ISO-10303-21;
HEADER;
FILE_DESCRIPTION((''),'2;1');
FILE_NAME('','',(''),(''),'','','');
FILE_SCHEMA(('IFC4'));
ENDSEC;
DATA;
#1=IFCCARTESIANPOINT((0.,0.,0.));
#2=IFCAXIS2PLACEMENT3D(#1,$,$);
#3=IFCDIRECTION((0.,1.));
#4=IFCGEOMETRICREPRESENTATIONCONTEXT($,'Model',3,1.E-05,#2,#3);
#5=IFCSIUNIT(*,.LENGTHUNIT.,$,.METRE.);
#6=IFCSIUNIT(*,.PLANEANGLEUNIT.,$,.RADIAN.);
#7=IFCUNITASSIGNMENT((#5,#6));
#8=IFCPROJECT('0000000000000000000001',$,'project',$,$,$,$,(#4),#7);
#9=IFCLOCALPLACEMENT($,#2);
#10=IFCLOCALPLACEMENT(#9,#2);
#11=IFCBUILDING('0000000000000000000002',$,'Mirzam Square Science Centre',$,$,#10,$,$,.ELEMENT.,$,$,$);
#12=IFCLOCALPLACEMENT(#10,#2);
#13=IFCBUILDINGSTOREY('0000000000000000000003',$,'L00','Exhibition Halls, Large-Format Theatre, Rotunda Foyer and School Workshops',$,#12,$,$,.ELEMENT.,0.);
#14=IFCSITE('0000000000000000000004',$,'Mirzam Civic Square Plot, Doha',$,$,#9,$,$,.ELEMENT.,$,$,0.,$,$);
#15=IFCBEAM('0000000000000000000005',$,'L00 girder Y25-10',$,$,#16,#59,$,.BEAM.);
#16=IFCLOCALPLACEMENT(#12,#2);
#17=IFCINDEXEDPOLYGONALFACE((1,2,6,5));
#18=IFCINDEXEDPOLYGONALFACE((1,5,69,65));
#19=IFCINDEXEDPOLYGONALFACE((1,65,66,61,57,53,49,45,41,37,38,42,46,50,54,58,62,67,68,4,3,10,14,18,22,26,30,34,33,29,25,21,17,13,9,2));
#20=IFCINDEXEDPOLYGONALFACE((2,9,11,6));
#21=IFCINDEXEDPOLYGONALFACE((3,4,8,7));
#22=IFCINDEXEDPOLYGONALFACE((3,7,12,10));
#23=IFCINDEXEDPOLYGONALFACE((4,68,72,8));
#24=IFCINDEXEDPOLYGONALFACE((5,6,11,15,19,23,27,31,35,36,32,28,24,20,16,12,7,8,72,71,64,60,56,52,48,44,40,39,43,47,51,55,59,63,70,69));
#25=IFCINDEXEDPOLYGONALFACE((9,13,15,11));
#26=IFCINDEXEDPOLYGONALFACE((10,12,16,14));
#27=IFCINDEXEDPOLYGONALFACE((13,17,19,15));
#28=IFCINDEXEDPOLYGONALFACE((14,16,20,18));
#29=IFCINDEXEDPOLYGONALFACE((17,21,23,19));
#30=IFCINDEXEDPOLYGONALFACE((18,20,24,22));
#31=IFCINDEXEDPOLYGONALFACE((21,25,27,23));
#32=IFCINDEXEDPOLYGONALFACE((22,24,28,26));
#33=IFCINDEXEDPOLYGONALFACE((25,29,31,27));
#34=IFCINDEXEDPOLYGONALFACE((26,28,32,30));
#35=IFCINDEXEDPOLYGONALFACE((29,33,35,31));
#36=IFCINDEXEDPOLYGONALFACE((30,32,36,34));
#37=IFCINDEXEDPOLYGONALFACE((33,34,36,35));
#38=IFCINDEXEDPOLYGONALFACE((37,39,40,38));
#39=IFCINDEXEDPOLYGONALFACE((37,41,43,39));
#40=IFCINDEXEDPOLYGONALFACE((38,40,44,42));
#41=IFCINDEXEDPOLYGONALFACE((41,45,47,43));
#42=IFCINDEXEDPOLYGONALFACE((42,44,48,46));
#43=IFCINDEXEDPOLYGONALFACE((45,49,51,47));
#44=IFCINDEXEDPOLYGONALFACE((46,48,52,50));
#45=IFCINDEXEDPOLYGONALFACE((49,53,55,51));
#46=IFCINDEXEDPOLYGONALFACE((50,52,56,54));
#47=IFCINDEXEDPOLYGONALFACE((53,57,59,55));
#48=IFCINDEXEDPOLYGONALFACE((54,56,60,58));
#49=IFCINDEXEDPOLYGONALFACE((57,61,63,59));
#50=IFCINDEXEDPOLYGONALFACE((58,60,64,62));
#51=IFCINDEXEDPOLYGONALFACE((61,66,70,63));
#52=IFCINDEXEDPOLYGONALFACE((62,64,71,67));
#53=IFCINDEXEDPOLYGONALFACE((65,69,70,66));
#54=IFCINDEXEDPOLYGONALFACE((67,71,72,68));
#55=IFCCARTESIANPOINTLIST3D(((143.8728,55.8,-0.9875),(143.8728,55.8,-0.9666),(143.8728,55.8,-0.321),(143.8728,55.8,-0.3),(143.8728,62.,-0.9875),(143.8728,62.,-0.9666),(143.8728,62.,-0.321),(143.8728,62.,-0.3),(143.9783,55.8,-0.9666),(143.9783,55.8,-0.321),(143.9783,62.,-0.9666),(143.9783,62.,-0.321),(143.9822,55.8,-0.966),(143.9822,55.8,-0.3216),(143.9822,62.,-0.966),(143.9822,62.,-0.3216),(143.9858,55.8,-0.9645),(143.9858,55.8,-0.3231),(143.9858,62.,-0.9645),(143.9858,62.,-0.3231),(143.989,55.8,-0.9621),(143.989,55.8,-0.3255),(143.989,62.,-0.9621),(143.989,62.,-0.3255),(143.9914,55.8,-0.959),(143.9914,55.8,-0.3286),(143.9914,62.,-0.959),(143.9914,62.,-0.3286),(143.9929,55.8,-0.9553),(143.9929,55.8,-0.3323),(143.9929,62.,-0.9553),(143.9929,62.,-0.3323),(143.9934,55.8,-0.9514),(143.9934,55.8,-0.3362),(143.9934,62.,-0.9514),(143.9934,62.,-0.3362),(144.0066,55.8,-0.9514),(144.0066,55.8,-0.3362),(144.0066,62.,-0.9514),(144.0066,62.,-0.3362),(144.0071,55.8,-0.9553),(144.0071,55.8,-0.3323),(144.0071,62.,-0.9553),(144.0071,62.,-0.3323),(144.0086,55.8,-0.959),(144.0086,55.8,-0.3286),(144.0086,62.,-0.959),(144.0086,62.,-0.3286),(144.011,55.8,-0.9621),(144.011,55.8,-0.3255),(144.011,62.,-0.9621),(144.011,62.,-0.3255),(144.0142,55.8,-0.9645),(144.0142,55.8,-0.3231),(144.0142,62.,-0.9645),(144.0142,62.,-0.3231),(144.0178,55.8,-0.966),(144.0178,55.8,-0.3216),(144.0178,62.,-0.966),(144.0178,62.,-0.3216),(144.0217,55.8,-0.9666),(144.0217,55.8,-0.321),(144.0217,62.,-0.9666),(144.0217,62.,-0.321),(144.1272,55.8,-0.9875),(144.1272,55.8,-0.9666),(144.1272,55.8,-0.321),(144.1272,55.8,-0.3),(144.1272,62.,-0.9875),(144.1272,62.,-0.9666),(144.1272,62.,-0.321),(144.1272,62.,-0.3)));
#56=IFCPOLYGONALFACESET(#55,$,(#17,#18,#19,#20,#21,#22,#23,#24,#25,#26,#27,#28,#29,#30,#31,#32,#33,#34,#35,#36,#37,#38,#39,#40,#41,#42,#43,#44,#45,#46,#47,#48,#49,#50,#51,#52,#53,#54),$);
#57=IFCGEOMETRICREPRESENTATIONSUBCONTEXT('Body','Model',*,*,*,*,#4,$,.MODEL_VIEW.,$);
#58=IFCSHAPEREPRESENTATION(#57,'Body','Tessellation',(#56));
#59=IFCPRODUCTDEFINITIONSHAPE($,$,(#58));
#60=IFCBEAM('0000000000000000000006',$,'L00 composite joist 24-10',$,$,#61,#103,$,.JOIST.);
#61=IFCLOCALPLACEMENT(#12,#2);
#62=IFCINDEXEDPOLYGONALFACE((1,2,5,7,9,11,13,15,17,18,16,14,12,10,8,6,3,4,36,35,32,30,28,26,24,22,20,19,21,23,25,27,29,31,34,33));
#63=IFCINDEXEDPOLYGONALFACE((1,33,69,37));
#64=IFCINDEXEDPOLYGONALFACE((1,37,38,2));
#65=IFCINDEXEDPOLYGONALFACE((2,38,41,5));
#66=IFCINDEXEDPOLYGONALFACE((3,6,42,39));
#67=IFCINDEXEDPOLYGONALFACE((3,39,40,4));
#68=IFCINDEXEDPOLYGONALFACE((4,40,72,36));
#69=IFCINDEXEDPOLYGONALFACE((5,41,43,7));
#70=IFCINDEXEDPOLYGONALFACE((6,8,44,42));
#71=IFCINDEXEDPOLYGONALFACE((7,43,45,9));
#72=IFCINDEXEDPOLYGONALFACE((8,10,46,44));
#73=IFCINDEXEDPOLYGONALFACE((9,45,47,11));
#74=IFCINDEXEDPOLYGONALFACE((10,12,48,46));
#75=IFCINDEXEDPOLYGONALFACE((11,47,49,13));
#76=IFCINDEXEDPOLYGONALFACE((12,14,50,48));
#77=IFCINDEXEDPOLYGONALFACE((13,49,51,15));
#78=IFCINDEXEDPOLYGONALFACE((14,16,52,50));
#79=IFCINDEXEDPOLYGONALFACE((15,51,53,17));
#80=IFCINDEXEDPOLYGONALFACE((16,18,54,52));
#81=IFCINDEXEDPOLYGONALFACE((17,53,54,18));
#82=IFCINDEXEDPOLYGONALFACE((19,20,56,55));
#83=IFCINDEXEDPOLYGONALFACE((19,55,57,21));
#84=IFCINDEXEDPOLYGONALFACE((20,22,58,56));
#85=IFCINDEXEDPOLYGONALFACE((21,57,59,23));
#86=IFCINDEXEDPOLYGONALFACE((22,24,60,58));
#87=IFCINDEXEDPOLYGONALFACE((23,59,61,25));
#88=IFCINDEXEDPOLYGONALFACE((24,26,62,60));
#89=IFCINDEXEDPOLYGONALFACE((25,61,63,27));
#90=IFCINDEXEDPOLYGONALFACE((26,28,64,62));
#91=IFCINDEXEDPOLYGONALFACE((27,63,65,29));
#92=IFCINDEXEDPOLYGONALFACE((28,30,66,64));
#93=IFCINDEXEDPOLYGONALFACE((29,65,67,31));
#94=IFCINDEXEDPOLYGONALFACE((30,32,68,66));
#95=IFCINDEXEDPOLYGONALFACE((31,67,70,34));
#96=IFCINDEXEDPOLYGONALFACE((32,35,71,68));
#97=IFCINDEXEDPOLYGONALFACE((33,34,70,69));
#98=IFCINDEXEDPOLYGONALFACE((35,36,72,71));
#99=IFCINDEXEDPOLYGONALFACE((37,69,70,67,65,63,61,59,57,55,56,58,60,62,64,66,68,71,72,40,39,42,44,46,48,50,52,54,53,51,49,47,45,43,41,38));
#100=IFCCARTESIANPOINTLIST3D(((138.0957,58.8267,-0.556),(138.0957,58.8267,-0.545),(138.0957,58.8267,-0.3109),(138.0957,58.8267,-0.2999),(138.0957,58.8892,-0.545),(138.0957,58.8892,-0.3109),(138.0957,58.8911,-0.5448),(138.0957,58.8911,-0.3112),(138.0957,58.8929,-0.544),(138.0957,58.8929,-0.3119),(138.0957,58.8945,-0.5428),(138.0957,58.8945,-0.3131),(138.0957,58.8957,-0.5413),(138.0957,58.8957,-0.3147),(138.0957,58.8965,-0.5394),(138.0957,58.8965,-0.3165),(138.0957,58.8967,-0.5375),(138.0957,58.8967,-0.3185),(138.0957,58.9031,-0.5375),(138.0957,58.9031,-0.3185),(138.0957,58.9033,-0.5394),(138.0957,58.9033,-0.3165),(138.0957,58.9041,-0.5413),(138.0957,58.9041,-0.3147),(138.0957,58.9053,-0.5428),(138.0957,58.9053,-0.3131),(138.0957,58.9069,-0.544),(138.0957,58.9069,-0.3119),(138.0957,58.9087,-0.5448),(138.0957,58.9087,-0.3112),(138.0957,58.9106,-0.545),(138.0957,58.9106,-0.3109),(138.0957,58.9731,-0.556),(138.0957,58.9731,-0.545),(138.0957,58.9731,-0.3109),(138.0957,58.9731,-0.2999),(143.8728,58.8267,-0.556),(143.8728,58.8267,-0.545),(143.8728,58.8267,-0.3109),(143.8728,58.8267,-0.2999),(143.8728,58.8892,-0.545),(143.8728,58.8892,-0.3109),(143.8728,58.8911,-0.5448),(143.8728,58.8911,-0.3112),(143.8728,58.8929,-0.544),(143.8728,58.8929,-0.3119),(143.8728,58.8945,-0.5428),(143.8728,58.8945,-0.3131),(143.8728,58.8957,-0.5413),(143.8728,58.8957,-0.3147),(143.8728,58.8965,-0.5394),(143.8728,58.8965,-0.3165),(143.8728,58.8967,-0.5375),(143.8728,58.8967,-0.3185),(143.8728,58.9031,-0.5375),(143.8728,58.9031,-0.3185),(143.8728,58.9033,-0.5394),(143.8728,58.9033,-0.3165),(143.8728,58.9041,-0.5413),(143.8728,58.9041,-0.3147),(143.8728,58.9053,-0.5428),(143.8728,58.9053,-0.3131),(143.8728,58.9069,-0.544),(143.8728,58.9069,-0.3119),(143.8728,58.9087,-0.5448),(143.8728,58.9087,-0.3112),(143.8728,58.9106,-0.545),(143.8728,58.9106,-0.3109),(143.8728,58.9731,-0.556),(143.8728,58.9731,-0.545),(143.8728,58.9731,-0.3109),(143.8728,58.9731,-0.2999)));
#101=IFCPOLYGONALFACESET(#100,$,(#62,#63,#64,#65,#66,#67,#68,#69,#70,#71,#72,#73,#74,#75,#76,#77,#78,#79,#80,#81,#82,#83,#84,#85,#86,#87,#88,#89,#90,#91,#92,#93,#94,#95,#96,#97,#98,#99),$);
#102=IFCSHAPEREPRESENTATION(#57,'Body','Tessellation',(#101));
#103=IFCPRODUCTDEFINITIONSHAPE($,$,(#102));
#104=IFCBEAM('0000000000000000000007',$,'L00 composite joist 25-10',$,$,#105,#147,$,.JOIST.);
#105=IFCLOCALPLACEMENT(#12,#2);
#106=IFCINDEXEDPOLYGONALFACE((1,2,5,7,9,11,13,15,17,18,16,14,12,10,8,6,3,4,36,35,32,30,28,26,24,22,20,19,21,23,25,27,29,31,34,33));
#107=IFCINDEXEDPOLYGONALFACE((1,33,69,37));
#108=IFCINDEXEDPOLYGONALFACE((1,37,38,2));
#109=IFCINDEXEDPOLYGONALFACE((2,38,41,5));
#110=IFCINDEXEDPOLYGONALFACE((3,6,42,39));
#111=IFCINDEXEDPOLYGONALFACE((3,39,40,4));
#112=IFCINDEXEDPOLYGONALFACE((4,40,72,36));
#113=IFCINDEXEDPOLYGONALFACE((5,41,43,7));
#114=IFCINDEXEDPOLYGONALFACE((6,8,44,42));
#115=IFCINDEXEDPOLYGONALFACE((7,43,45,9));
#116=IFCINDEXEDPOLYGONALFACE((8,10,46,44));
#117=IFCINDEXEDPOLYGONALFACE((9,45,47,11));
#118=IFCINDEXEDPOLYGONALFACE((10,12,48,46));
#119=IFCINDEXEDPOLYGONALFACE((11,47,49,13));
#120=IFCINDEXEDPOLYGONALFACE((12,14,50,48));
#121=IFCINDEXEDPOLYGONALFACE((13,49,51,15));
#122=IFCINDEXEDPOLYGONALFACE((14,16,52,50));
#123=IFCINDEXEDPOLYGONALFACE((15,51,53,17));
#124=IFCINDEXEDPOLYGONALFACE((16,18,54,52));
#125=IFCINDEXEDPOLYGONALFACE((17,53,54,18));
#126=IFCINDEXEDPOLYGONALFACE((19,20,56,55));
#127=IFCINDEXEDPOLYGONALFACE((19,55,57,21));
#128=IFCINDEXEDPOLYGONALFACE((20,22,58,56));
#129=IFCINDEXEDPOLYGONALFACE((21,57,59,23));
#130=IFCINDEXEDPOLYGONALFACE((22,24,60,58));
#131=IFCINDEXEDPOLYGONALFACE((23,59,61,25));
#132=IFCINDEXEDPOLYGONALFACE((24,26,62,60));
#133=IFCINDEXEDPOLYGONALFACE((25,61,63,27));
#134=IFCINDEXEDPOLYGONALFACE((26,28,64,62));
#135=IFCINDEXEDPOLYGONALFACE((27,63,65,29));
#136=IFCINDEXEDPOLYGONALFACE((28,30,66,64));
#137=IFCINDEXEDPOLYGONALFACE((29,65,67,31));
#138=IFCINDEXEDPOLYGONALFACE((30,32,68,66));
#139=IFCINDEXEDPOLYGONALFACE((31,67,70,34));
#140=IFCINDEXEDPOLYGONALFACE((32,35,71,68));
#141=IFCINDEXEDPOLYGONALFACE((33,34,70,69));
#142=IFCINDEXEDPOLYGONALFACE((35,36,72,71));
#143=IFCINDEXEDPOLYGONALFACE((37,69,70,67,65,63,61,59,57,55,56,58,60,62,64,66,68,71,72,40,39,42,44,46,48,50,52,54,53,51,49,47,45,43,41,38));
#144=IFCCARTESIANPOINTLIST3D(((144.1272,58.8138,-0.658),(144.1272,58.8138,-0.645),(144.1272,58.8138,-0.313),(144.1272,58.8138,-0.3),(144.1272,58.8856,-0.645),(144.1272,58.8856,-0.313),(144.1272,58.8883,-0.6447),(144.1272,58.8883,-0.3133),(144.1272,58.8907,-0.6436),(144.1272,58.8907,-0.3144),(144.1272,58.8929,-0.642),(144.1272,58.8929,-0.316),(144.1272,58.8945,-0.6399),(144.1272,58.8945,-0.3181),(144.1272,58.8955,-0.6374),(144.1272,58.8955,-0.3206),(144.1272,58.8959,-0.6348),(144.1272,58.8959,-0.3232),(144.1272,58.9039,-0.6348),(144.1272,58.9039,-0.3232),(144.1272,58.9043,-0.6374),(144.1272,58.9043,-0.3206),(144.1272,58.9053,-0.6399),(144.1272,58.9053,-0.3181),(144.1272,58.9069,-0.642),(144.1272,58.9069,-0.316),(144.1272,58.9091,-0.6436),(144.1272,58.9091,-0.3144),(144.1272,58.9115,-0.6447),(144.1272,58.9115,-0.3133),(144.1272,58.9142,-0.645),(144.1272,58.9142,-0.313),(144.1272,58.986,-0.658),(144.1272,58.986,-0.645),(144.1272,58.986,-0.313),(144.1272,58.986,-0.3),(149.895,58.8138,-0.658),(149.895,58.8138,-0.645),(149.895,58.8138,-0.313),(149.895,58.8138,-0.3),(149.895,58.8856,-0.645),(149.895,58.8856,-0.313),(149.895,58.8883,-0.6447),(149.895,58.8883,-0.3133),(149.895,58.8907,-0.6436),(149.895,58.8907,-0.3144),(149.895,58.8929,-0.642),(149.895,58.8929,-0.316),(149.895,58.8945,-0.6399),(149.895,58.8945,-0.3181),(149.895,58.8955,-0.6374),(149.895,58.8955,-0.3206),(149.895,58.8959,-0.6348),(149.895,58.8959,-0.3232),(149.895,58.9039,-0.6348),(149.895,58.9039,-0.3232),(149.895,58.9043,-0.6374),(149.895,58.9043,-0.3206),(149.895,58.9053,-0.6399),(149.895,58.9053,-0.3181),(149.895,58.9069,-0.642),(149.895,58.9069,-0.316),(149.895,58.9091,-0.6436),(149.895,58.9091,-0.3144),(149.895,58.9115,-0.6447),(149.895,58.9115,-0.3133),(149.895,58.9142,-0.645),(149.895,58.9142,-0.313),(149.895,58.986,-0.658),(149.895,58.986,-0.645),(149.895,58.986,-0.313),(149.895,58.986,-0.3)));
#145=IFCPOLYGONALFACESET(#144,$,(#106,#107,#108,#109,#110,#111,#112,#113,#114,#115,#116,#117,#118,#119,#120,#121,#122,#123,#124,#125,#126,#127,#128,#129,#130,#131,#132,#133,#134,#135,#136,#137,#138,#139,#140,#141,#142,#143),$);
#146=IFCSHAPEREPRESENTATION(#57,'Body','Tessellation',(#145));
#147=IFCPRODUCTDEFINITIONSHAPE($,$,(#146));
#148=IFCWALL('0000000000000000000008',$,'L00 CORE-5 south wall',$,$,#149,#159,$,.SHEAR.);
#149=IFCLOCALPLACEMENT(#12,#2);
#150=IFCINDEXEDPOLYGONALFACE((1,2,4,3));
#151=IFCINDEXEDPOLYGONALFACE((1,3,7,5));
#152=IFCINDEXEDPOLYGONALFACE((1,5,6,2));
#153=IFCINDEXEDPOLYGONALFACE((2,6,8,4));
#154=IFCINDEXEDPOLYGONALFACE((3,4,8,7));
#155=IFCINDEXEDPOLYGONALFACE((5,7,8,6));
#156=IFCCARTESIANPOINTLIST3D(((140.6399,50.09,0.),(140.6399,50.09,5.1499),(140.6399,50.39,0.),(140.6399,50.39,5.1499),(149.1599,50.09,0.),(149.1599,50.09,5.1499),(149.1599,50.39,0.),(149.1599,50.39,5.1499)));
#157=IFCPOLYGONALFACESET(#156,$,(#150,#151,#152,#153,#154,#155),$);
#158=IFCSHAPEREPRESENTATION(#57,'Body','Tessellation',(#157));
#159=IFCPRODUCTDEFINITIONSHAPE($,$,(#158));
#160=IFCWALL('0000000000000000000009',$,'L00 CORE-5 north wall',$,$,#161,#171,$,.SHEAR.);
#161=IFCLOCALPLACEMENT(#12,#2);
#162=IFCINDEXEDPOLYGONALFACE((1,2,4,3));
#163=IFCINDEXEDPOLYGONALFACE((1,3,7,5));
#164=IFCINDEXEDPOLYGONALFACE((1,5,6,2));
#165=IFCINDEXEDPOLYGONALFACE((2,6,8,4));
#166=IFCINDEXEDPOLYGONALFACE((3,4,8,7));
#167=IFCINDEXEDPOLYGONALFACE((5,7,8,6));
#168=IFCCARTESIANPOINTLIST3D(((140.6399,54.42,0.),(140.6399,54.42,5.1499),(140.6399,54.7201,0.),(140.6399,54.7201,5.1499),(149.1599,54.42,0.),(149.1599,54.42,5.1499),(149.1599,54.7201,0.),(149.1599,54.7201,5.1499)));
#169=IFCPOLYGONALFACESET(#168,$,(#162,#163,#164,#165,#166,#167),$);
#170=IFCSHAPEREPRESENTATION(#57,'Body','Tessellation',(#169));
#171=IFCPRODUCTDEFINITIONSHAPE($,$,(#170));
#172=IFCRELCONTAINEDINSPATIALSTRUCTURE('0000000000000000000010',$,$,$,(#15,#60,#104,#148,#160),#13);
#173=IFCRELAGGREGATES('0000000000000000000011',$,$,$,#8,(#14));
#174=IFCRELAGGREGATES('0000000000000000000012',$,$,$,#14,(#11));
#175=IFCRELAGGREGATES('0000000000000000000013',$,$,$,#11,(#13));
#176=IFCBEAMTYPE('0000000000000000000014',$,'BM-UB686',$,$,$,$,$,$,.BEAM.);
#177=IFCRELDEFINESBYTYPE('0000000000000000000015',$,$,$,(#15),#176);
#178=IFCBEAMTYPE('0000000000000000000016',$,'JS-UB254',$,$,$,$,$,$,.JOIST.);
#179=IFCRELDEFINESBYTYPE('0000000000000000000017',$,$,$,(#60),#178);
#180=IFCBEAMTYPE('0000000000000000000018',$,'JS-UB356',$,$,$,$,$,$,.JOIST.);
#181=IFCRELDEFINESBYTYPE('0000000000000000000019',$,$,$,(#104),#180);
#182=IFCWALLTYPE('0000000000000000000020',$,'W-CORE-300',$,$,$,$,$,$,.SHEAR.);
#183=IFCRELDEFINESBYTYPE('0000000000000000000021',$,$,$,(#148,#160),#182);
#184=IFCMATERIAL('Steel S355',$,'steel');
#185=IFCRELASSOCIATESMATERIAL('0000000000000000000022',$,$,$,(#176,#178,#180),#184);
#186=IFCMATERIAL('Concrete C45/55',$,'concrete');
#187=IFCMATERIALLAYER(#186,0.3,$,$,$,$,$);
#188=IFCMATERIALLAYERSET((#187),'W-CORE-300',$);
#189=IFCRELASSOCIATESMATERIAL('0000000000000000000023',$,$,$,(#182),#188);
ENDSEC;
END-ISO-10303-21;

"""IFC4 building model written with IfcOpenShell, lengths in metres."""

from ifc_helpers import new_model, si_unit, direction, frame, frame_2d, origin, origin_2d, place, context, subcontext, project, spatial, rectangle, i_section, extrude, material, layer, layer_set, material_profile, profile_set, type_object, element, save


model = new_model("IFC4")

# Units and contexts
model_context = context("Model", 3, precision=1e-05, world=origin(), true_north=direction((0.0, 1.0)))
body_context = subcontext(model_context, "Body", "Model", "MODEL_VIEW")
ifc_project = project(units=[si_unit("LENGTHUNIT", "METRE"), si_unit("PLANEANGLEUNIT", "RADIAN")], contexts=[model_context])

# Site, building, storey
site_placement = place(None, origin())
site = spatial("IfcSite", under=ifc_project, at=site_placement, Name="Mirzam Civic Square Plot, Doha", CompositionType="ELEMENT", RefElevation=0.0)
building_placement = place(site_placement, origin())
building = spatial("IfcBuilding", under=site, at=building_placement, Name="Mirzam Square Science Centre", CompositionType="ELEMENT")
storey_placement = place(building_placement, origin())
storey = spatial("IfcBuildingStorey", under=building, at=storey_placement, Name="L00", Description="Exhibition Halls, Large-Format Theatre, Rotunda Foyer and School Workshops", CompositionType="ELEMENT", Elevation=0.0)

# Shared definitions
ifc_material_1 = material(Name="Steel S355", Category="steel")

# Beams
ifc_material_profile_1 = material_profile(ifc_material_1, i_section(OverallWidth=0.2544, OverallDepth=0.6875, WebThickness=0.0132, FlangeThickness=0.021, FilletRadius=0.0151, at=origin_2d()), Name="686x254x152UB")
ifc_profile_set_1 = profile_set([ifc_material_profile_1], Name="Steel S355")
beam_type_1 = type_object("IfcBeamType", Name="BM-UB686", PredefinedType="BEAM", material=ifc_profile_set_1)
beam_1_placement = place(storey_placement, frame((144.0, 55.8, -0.6438), z_axis=(0.0, 1.0, 0.0), x_axis=(-1.0, 0.0, 0.0)))
element("IfcBeam", 1, at=beam_1_placement, inside=storey, type_object=beam_type_1, Name="L00 girder Y25-10", PredefinedType="BEAM", context=body_context, shape_type="SweptSolid", body=[
    extrude(i_section(OverallWidth=0.2544, OverallDepth=0.6875, WebThickness=0.0132, FlangeThickness=0.021, FilletRadius=0.0151, at=origin_2d()), origin(), (0.0, 0.0, 1.0), 6.2),
])
ifc_material_profile_2 = material_profile(ifc_material_1, i_section(OverallWidth=0.1465, OverallDepth=0.2561, WebThickness=0.0063, FlangeThickness=0.011, FilletRadius=0.0076, at=origin_2d()), Name="254x146x37UB")
ifc_profile_set_2 = profile_set([ifc_material_profile_2], Name="Steel S355")
beam_type_2 = type_object("IfcBeamType", Name="JS-UB254", PredefinedType="JOIST", material=ifc_profile_set_2)
beam_2_placement = place(storey_placement, frame((138.0957, 58.8999, -0.428), z_axis=(1.0, 0.0, 0.0), x_axis=(0.0, 1.0, 0.0)))
element("IfcBeam", 2, at=beam_2_placement, inside=storey, type_object=beam_type_2, Name="L00 composite joist 24-10", PredefinedType="JOIST", context=body_context, shape_type="SweptSolid", body=[
    extrude(i_section(OverallWidth=0.1465, OverallDepth=0.2561, WebThickness=0.0063, FlangeThickness=0.011, FilletRadius=0.0076, at=origin_2d()), origin(), (0.0, 0.0, 1.0), 5.7771),
])
ifc_material_profile_3 = material_profile(ifc_material_1, i_section(OverallWidth=0.1721, OverallDepth=0.3579, WebThickness=0.0081, FlangeThickness=0.0129, FilletRadius=0.0103, at=origin_2d()), Name="356x171x57UB")
ifc_profile_set_3 = profile_set([ifc_material_profile_3], Name="Steel S355")
beam_type_3 = type_object("IfcBeamType", Name="JS-UB356", PredefinedType="JOIST", material=ifc_profile_set_3)
beam_3_placement = place(storey_placement, frame((144.1272, 58.8999, -0.479), z_axis=(1.0, 0.0, 0.0), x_axis=(0.0, 1.0, 0.0)))
element("IfcBeam", 3, at=beam_3_placement, inside=storey, type_object=beam_type_3, Name="L00 composite joist 25-10", PredefinedType="JOIST", context=body_context, shape_type="SweptSolid", body=[
    extrude(i_section(OverallWidth=0.1721, OverallDepth=0.3579, WebThickness=0.0081, FlangeThickness=0.0129, FilletRadius=0.0103, at=origin_2d()), origin(), (0.0, 0.0, 1.0), 5.7678),
])

# Walls
ifc_material_2 = material(Name="Concrete C45/55", Category="concrete")
ifc_layer_1 = layer(ifc_material_2, 0.3)
ifc_layer_set_1 = layer_set([ifc_layer_1], Name="W-CORE-300")
wall_type_1 = type_object("IfcWallType", Name="W-CORE-300", PredefinedType="SHEAR", material=ifc_layer_set_1)
for number, where, z_axis, x_axis, name in (
    (4, (140.6399, 50.24, 0.0), (0.0, 0.0, 1.0), (1.0, 0.0, 0.0), "L00 CORE-5 south wall"),
    (5, (149.1599, 54.5701, 0.0), (0.0, 0.0, 1.0), (-1.0, 0.0, 0.0), "L00 CORE-5 north wall"),
):
    element("IfcWall", number, at=place(storey_placement, frame(where, z_axis=z_axis, x_axis=x_axis)), inside=storey, type_object=wall_type_1, Name=name, PredefinedType="SHEAR", context=body_context, shape_type="SweptSolid", body=[
        extrude(rectangle(XDim=8.52, YDim=0.3, at=frame_2d((4.26, 0.0))), origin(), (0.0, 0.0, 1.0), 5.1499),
    ])

save(model, "model.ifc")
